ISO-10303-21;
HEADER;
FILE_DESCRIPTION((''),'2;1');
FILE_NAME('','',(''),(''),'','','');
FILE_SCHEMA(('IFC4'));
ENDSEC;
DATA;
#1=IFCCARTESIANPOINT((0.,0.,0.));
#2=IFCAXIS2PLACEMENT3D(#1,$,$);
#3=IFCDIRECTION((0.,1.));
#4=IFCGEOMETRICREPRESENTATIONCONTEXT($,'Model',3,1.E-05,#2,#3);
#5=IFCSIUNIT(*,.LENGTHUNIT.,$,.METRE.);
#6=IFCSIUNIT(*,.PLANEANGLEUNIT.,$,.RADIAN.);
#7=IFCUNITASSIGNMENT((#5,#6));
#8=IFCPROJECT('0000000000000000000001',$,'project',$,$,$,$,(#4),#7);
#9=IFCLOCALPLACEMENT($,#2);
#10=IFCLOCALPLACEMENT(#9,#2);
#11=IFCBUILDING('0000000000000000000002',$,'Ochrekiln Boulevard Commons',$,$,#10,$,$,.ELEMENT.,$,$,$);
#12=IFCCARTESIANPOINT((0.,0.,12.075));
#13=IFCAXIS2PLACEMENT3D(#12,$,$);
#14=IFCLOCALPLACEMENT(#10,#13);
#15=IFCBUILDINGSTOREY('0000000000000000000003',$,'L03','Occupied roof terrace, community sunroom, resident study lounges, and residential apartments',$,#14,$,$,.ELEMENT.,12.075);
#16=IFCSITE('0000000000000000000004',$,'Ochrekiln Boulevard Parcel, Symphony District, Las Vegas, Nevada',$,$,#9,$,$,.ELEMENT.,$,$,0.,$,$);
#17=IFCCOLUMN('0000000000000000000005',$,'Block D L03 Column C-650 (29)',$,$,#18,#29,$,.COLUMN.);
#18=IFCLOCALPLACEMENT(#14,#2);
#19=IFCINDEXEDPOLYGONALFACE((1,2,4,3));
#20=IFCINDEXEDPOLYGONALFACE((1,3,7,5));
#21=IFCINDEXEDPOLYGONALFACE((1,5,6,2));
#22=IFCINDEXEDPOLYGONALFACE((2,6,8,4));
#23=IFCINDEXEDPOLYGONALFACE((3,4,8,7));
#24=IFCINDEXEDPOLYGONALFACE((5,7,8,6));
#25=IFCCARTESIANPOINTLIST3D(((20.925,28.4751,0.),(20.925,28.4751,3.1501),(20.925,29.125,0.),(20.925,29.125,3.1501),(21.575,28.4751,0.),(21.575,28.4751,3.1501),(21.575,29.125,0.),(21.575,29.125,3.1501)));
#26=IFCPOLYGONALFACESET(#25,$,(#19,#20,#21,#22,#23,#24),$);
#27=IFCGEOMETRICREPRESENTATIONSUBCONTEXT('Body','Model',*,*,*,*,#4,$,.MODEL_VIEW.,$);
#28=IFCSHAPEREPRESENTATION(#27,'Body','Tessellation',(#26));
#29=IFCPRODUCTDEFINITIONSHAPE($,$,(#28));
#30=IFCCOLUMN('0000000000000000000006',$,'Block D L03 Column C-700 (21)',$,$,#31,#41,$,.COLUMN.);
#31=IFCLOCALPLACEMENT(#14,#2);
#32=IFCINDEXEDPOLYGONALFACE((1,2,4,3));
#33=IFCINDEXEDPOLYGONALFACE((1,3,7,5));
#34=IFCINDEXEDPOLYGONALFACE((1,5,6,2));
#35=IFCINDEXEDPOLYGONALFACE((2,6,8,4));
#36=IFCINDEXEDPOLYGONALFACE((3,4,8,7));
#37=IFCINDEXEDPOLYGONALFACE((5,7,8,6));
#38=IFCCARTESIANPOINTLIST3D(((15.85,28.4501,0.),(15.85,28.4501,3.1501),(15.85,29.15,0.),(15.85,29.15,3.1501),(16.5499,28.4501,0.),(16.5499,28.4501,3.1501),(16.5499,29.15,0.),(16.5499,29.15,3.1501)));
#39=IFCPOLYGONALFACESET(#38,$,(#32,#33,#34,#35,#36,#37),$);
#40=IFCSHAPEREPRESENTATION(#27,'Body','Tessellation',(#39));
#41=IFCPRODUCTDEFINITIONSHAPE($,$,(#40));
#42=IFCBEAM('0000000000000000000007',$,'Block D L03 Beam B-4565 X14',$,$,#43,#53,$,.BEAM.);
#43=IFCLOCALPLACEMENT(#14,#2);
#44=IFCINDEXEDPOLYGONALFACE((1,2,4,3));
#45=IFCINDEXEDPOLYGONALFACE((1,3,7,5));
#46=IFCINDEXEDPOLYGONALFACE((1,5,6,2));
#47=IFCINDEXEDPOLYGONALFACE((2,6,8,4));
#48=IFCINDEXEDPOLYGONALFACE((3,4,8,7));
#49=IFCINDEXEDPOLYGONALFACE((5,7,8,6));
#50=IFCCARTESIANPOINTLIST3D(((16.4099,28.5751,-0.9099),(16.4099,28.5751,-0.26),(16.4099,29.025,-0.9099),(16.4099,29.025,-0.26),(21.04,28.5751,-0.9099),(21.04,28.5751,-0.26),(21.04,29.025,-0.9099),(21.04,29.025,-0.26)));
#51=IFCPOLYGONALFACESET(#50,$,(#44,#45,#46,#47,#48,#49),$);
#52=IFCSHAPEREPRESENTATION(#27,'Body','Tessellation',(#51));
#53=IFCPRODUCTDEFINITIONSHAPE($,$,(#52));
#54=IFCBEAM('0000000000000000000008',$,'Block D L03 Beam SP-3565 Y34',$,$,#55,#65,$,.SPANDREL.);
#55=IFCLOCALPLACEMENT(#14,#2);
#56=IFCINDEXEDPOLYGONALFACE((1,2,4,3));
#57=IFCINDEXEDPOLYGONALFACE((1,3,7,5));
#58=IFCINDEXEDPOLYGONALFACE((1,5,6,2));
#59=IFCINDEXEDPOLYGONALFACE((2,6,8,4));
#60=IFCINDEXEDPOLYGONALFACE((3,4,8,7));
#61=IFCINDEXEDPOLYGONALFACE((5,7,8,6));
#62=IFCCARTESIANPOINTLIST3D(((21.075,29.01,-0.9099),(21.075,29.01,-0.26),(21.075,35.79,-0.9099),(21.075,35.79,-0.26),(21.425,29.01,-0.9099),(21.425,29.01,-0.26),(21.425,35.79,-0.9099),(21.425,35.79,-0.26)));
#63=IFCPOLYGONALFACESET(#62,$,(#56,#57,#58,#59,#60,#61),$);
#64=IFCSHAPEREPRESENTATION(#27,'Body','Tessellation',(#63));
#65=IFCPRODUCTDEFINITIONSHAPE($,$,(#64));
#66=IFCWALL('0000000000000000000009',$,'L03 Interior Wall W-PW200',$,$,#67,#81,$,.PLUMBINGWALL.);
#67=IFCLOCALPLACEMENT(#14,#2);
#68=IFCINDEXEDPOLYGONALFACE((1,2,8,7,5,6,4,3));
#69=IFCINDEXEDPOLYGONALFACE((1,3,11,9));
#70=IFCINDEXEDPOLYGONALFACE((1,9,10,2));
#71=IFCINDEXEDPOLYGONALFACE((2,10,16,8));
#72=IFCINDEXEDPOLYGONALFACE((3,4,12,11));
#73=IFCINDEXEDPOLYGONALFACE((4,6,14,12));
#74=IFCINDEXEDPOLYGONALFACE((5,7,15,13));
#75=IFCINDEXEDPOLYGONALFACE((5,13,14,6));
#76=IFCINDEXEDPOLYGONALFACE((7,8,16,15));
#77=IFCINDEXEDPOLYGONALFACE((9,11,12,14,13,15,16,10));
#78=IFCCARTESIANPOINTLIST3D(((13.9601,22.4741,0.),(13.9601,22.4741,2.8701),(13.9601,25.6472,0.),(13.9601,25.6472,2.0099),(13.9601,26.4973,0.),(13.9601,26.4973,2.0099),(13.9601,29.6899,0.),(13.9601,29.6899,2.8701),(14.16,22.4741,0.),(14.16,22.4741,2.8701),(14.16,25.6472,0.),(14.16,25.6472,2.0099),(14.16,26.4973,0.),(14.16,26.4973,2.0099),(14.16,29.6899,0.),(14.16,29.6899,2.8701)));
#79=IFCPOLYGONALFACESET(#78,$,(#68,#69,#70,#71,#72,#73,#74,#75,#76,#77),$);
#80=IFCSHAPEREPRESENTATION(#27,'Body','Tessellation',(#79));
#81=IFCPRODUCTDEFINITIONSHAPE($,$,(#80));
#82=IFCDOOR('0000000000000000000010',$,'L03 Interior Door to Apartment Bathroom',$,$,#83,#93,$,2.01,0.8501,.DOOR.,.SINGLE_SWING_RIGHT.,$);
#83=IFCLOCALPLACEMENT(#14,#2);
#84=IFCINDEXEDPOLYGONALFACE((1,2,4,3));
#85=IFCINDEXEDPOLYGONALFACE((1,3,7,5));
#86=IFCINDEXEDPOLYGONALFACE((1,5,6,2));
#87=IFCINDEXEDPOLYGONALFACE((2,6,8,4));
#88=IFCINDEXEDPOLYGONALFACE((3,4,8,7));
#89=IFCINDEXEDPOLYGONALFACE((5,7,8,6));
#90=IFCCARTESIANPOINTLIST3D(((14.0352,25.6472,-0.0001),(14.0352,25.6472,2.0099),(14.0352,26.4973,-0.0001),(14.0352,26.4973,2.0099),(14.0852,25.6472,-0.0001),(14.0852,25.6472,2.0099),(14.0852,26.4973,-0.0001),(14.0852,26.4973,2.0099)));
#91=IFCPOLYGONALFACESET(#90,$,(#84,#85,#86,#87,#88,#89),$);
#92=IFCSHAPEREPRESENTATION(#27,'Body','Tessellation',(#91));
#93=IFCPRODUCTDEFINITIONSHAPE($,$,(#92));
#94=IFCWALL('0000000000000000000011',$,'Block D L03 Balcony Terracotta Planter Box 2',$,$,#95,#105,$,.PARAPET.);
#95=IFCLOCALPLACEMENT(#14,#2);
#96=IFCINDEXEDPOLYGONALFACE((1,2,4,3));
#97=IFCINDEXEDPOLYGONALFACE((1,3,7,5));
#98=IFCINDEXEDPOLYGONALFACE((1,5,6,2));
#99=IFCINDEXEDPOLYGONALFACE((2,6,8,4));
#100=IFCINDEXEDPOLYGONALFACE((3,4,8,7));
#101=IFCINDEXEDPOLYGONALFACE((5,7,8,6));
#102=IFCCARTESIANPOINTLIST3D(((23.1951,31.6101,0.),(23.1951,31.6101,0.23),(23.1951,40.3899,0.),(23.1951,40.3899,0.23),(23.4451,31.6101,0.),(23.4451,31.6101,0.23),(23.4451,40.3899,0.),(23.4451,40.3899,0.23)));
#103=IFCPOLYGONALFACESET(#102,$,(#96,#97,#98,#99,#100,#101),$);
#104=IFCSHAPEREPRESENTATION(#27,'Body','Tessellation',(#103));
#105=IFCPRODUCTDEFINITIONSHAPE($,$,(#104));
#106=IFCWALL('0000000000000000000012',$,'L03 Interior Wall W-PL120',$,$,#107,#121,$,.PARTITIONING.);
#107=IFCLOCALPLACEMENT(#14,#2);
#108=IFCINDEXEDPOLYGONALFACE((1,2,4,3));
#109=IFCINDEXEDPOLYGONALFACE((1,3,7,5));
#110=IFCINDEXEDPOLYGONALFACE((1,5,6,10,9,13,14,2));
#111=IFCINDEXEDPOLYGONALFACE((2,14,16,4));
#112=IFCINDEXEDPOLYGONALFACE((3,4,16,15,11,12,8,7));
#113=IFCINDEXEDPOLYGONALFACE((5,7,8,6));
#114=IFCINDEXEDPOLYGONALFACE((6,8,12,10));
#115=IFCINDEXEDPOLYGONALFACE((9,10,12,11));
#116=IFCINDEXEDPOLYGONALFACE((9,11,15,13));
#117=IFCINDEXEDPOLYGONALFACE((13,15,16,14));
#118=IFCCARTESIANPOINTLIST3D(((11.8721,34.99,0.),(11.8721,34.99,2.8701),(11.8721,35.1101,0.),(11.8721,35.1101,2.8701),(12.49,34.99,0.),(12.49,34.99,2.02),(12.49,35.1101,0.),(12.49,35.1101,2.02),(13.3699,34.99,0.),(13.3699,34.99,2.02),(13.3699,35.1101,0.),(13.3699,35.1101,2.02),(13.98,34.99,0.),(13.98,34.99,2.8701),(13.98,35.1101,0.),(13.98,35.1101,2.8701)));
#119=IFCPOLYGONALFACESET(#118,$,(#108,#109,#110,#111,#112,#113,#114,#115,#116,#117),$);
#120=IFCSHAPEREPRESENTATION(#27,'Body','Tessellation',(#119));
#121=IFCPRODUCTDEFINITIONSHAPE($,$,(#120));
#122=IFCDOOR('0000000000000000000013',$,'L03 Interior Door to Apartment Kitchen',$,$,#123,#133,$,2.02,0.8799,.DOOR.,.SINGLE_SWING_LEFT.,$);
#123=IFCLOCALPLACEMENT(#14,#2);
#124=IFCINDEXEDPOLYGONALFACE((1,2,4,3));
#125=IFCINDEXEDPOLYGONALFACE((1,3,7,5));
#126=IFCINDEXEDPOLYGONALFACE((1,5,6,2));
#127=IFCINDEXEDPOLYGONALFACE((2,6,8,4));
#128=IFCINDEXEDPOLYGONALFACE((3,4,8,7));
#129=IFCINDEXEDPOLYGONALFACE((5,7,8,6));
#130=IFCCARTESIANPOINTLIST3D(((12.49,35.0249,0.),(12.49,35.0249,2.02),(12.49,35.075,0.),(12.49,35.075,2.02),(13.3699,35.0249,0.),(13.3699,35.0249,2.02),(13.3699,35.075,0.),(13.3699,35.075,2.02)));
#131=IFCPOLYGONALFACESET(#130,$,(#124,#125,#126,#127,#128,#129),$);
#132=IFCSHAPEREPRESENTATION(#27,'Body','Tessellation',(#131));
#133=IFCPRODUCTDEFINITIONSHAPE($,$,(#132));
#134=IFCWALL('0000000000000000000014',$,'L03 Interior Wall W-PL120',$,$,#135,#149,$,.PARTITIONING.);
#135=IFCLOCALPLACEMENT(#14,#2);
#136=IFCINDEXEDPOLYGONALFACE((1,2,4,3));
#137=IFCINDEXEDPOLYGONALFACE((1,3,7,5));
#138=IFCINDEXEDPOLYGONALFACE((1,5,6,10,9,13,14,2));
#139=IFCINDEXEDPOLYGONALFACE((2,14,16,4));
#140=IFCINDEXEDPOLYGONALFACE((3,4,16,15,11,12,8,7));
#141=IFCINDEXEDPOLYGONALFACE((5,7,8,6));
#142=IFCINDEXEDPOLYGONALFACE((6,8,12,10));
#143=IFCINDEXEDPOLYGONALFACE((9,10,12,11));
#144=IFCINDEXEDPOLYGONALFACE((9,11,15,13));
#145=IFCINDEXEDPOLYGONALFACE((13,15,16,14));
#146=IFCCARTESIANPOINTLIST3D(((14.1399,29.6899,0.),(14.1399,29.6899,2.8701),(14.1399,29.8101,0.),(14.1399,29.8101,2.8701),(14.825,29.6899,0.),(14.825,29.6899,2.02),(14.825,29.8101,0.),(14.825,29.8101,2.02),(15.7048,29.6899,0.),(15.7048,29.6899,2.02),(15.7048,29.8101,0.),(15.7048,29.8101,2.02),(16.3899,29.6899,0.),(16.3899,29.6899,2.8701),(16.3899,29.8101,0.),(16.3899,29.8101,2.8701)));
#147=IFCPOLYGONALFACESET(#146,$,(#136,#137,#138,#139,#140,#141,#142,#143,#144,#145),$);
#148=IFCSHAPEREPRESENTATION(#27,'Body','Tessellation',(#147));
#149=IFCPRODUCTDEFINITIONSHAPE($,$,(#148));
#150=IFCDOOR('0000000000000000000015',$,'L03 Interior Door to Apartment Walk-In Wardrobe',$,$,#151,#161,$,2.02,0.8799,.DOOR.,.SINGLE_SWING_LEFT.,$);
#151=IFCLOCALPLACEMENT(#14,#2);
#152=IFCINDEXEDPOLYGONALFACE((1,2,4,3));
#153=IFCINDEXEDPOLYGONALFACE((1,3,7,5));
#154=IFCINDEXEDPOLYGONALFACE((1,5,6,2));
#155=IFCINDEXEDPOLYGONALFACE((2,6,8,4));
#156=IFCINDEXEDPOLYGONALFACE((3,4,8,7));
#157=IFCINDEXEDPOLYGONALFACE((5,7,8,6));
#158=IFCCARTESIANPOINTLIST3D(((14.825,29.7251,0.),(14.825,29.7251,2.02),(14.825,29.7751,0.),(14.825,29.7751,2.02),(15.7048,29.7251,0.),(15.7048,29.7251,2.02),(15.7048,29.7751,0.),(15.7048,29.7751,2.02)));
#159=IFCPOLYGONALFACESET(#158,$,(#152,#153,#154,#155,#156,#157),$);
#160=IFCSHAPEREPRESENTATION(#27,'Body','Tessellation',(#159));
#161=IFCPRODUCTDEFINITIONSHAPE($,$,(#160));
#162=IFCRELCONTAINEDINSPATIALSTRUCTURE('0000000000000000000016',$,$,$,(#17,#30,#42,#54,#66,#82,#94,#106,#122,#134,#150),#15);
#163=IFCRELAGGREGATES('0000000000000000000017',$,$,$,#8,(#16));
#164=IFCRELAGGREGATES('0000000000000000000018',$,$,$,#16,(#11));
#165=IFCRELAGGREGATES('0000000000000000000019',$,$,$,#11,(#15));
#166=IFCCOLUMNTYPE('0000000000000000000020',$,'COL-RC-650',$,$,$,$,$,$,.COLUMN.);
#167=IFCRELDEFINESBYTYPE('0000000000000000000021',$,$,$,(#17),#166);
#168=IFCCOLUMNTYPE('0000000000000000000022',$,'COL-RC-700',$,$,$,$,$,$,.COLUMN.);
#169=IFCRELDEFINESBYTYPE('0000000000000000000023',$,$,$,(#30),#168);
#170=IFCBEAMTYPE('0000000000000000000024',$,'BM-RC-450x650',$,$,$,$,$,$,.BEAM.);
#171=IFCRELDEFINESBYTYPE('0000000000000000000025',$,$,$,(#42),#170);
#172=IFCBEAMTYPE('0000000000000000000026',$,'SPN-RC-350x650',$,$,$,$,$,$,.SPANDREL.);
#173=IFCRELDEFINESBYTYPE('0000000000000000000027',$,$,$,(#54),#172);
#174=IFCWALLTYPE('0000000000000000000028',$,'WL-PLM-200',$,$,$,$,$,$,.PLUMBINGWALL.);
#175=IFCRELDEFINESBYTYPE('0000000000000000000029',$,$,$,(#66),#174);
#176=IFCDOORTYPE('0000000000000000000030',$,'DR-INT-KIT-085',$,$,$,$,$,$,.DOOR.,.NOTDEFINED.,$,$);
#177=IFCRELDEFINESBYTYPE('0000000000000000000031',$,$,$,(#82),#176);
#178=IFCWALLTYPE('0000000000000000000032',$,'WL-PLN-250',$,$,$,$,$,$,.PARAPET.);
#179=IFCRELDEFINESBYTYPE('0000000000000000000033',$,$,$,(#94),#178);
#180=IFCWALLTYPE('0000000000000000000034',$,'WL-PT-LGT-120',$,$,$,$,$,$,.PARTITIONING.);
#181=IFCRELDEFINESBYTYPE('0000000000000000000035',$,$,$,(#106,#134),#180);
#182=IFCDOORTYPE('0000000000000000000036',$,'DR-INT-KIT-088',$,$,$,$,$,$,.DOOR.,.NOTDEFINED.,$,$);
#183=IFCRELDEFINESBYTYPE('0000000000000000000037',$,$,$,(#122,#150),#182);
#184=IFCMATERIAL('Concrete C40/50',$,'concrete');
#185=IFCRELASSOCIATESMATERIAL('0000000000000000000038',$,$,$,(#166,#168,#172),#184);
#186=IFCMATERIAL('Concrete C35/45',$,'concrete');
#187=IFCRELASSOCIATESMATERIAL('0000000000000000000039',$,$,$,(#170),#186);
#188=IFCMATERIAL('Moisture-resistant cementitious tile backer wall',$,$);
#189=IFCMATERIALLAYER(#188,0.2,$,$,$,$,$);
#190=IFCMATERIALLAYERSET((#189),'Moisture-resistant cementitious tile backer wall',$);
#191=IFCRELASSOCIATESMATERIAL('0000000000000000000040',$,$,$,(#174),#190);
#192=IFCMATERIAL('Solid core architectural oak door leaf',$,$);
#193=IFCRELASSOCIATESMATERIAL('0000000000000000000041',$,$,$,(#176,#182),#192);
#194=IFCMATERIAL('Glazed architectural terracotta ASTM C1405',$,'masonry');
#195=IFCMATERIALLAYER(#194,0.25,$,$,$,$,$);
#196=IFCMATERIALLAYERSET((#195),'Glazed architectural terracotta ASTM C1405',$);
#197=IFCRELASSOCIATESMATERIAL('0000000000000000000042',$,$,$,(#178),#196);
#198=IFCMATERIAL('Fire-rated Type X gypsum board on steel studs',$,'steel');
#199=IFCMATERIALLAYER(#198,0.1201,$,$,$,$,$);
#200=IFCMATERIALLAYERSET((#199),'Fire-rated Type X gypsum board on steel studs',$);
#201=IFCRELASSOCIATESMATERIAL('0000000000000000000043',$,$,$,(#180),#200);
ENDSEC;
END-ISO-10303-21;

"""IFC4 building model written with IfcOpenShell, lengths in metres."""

from ifc_helpers import new_model, si_unit, direction, frame, frame_2d, origin, origin_2d, place, context, subcontext, project, spatial, rectangle, extrude, material, layer, layer_set, material_profile, profile_set, type_object, element, fill, save


model = new_model("IFC4")

# Units and contexts
model_context = context("Model", 3, precision=1e-05, world=origin(), true_north=direction((0.0, 1.0)))
body_context = subcontext(model_context, "Body", "Model", "MODEL_VIEW")
ifc_project = project(units=[si_unit("LENGTHUNIT", "METRE"), si_unit("PLANEANGLEUNIT", "RADIAN")], contexts=[model_context])

# Site, building, storey
site_placement = place(None, origin())
site = spatial("IfcSite", under=ifc_project, at=site_placement, Name="Ochrekiln Boulevard Parcel, Symphony District, Las Vegas, Nevada", CompositionType="ELEMENT", RefElevation=0.0)
building_placement = place(site_placement, origin())
building = spatial("IfcBuilding", under=site, at=building_placement, Name="Ochrekiln Boulevard Commons", CompositionType="ELEMENT")
storey_placement = place(building_placement, frame((0.0, 0.0, 12.075)))
storey = spatial("IfcBuildingStorey", under=building, at=storey_placement, Name="L03", Description="Occupied roof terrace, community sunroom, resident study lounges, and residential apartments", CompositionType="ELEMENT", Elevation=12.075)

# Columns
ifc_material_1 = material(Name="Concrete C40/50", Category="concrete")
ifc_material_profile_1 = material_profile(ifc_material_1, rectangle(XDim=0.6499, YDim=0.6499, at=origin_2d()), Name="RC-COL-650x650")
ifc_profile_set_1 = profile_set([ifc_material_profile_1], Name="Concrete C40/50")
column_type_1 = type_object("IfcColumnType", Name="COL-RC-650", PredefinedType="COLUMN", material=ifc_profile_set_1)
column_1_placement = place(storey_placement, frame((21.25, 28.8, 0.0), z_axis=(0.0, 0.0, 1.0), x_axis=(1.0, 0.0, 0.0)))
element("IfcColumn", 1, at=column_1_placement, inside=storey, type_object=column_type_1, Name="Block D L03 Column C-650 (29)", PredefinedType="COLUMN", context=body_context, shape_type="SweptSolid", body=[
    extrude(rectangle(XDim=0.6499, YDim=0.6499, at=origin_2d()), origin(), (0.0, 0.0, 1.0), 3.1501),
])
ifc_material_profile_2 = material_profile(ifc_material_1, rectangle(XDim=0.7, YDim=0.7, at=origin_2d()), Name="RC-COL-700x700")
ifc_profile_set_2 = profile_set([ifc_material_profile_2], Name="Concrete C40/50")
column_type_2 = type_object("IfcColumnType", Name="COL-RC-700", PredefinedType="COLUMN", material=ifc_profile_set_2)
column_2_placement = place(storey_placement, frame((16.2, 28.8, 0.0), z_axis=(0.0, 0.0, 1.0), x_axis=(1.0, 0.0, 0.0)))
element("IfcColumn", 2, at=column_2_placement, inside=storey, type_object=column_type_2, Name="Block D L03 Column C-700 (21)", PredefinedType="COLUMN", context=body_context, shape_type="SweptSolid", body=[
    extrude(rectangle(XDim=0.7, YDim=0.7, at=origin_2d()), origin(), (0.0, 0.0, 1.0), 3.1501),
])

# Beams
ifc_material_2 = material(Name="Concrete C35/45", Category="concrete")
ifc_material_profile_3 = material_profile(ifc_material_2, rectangle(XDim=0.45, YDim=0.6499, at=origin_2d()), Name="RC-BM-450x650")
ifc_profile_set_3 = profile_set([ifc_material_profile_3], Name="Concrete C35/45")
beam_type_1 = type_object("IfcBeamType", Name="BM-RC-450x650", PredefinedType="BEAM", material=ifc_profile_set_3)
beam_1_placement = place(storey_placement, frame((16.4099, 28.8, -0.585), z_axis=(1.0, 0.0, 0.0), x_axis=(0.0, 1.0, 0.0)))
element("IfcBeam", 3, at=beam_1_placement, inside=storey, type_object=beam_type_1, Name="Block D L03 Beam B-4565 X14", PredefinedType="BEAM", context=body_context, shape_type="SweptSolid", body=[
    extrude(rectangle(XDim=0.45, YDim=0.6499, at=origin_2d()), origin(), (0.0, 0.0, 1.0), 4.6301),
])
ifc_material_profile_4 = material_profile(ifc_material_1, rectangle(XDim=0.3501, YDim=0.6499, at=origin_2d()), Name="RC-SPN-350x650")
ifc_profile_set_4 = profile_set([ifc_material_profile_4], Name="Concrete C40/50")
beam_type_2 = type_object("IfcBeamType", Name="SPN-RC-350x650", PredefinedType="SPANDREL", material=ifc_profile_set_4)
beam_2_placement = place(storey_placement, frame((21.25, 29.01, -0.585), z_axis=(0.0, 1.0, 0.0), x_axis=(-1.0, 0.0, 0.0)))
element("IfcBeam", 4, at=beam_2_placement, inside=storey, type_object=beam_type_2, Name="Block D L03 Beam SP-3565 Y34", PredefinedType="SPANDREL", context=body_context, shape_type="SweptSolid", body=[
    extrude(rectangle(XDim=0.3501, YDim=0.6499, at=origin_2d()), origin(), (0.0, 0.0, 1.0), 6.78),
])

# Wall, opening, door
ifc_material_3 = material(Name="Moisture-resistant cementitious tile backer wall")
ifc_layer_1 = layer(ifc_material_3, 0.2)
ifc_layer_set_1 = layer_set([ifc_layer_1], Name="Moisture-resistant cementitious tile backer wall")
wall_type_1 = type_object("IfcWallType", Name="WL-PLM-200", PredefinedType="PLUMBINGWALL", material=ifc_layer_set_1)
wall_1_placement = place(storey_placement, frame((14.0601, 22.4741, 0.0), z_axis=(0.0, 0.0, 1.0), x_axis=(0.0, 1.0, 0.0)))
wall_1 = element("IfcWall", 5, at=wall_1_placement, inside=storey, type_object=wall_type_1, Name="L03 Interior Wall W-PW200", PredefinedType="PLUMBINGWALL", context=body_context, shape_type="SweptSolid", body=[
    extrude(rectangle(XDim=7.2158, YDim=0.2, at=frame_2d((3.6079, 0.0))), origin(), (0.0, 0.0, 1.0), 2.8701),
])
opening_1_placement = place(wall_1_placement, frame((3.1731, 0.0, 0.0)))
opening_1 = element("IfcOpeningElement", 6, at=opening_1_placement, cuts=wall_1, PredefinedType="OPENING", context=body_context, shape_type="SweptSolid", body=[
    extrude(rectangle(XDim=0.8501, YDim=2.01, at=frame_2d((0.425, 1.0049))), frame((0.0, 0.1099, 0.0), z_axis=(0.0, -1.0, 0.0), x_axis=(1.0, 0.0, 0.0)), (0.0, 0.0, 1.0), 0.22),
])
ifc_material_4 = material(Name="Solid core architectural oak door leaf")
door_type_1 = type_object("IfcDoorType", Name="DR-INT-KIT-085", OperationType="NOTDEFINED", PredefinedType="DOOR", material=ifc_material_4)
door_1_placement = place(opening_1_placement, origin())
door_1 = element("IfcDoor", 7, at=door_1_placement, inside=storey, type_object=door_type_1, Name="L03 Interior Door to Apartment Bathroom", OperationType="SINGLE_SWING_RIGHT", OverallHeight=2.01, OverallWidth=0.8501, PredefinedType="DOOR", context=body_context, shape_type="SweptSolid", body=[
    extrude(rectangle(XDim=0.8501, YDim=2.01, at=frame_2d((0.425, 1.0049))), frame((0.0, 0.0249, 0.0), z_axis=(0.0, -1.0, 0.0), x_axis=(1.0, 0.0, 0.0)), (0.0, 0.0, 1.0), 0.05),
])
fill(opening_1, door_1)

# Wall
ifc_material_5 = material(Name="Glazed architectural terracotta ASTM C1405", Category="masonry")
ifc_layer_2 = layer(ifc_material_5, 0.25)
ifc_layer_set_2 = layer_set([ifc_layer_2], Name="Glazed architectural terracotta ASTM C1405")
wall_type_2 = type_object("IfcWallType", Name="WL-PLN-250", PredefinedType="PARAPET", material=ifc_layer_set_2)
wall_2_placement = place(storey_placement, frame((23.3201, 31.6101, 0.0), z_axis=(0.0, 0.0, 1.0), x_axis=(0.0, 1.0, 0.0)))
element("IfcWall", 8, at=wall_2_placement, inside=storey, type_object=wall_type_2, Name="Block D L03 Balcony Terracotta Planter Box 2", PredefinedType="PARAPET", context=body_context, shape_type="SweptSolid", body=[
    extrude(rectangle(XDim=8.7798, YDim=0.25, at=frame_2d((4.3899, 0.0))), origin(), (0.0, 0.0, 1.0), 0.23),
])

# Walls, openings, doors
ifc_material_6 = material(Name="Fire-rated Type X gypsum board on steel studs", Category="steel")
ifc_layer_3 = layer(ifc_material_6, 0.1201)
ifc_layer_set_3 = layer_set([ifc_layer_3], Name="Fire-rated Type X gypsum board on steel studs")
wall_type_3 = type_object("IfcWallType", Name="WL-PT-LGT-120", PredefinedType="PARTITIONING", material=ifc_layer_set_3)
wall_3_placement = place(storey_placement, frame((11.8721, 35.05, 0.0), z_axis=(0.0, 0.0, 1.0), x_axis=(1.0, 0.0, 0.0)))
wall_3 = element("IfcWall", 9, at=wall_3_placement, inside=storey, type_object=wall_type_3, Name="L03 Interior Wall W-PL120", PredefinedType="PARTITIONING", context=body_context, shape_type="SweptSolid", body=[
    extrude(rectangle(XDim=2.1079, YDim=0.1201, at=frame_2d((1.054, 0.0))), origin(), (0.0, 0.0, 1.0), 2.8701),
])
opening_2_placement = place(wall_3_placement, frame((0.6179, 0.0, 0.0)))
opening_2 = element("IfcOpeningElement", 10, at=opening_2_placement, cuts=wall_3, PredefinedType="OPENING", context=body_context, shape_type="SweptSolid", body=[
    extrude(rectangle(XDim=0.8799, YDim=2.02, at=frame_2d((0.4399, 1.01))), frame((0.0, 0.0701, 0.0), z_axis=(0.0, -1.0, 0.0), x_axis=(1.0, 0.0, 0.0)), (0.0, 0.0, 1.0), 0.1401),
])
door_type_2 = type_object("IfcDoorType", Name="DR-INT-KIT-088", OperationType="NOTDEFINED", PredefinedType="DOOR", material=ifc_material_4)
door_2_placement = place(opening_2_placement, origin())
door_2 = element("IfcDoor", 11, at=door_2_placement, inside=storey, type_object=door_type_2, Name="L03 Interior Door to Apartment Kitchen", OperationType="SINGLE_SWING_LEFT", OverallHeight=2.02, OverallWidth=0.8799, PredefinedType="DOOR", context=body_context, shape_type="SweptSolid", body=[
    extrude(rectangle(XDim=0.8799, YDim=2.02, at=frame_2d((0.4399, 1.01))), frame((0.0, 0.0249, 0.0), z_axis=(0.0, -1.0, 0.0), x_axis=(1.0, 0.0, 0.0)), (0.0, 0.0, 1.0), 0.05),
])
fill(opening_2, door_2)
wall_4_placement = place(storey_placement, frame((14.1399, 29.75, 0.0), z_axis=(0.0, 0.0, 1.0), x_axis=(1.0, 0.0, 0.0)))
wall_4 = element("IfcWall", 12, at=wall_4_placement, inside=storey, type_object=wall_type_3, Name="L03 Interior Wall W-PL120", PredefinedType="PARTITIONING", context=body_context, shape_type="SweptSolid", body=[
    extrude(rectangle(XDim=2.25, YDim=0.1201, at=frame_2d((1.125, 0.0))), origin(), (0.0, 0.0, 1.0), 2.8701),
])
opening_3_placement = place(wall_4_placement, frame((0.6851, 0.0, 0.0)))
opening_3 = element("IfcOpeningElement", 13, at=opening_3_placement, cuts=wall_4, PredefinedType="OPENING", context=body_context, shape_type="SweptSolid", body=[
    extrude(rectangle(XDim=0.8799, YDim=2.02, at=frame_2d((0.4399, 1.01))), frame((0.0, 0.0701, 0.0), z_axis=(0.0, -1.0, 0.0), x_axis=(1.0, 0.0, 0.0)), (0.0, 0.0, 1.0), 0.1401),
])
door_3_placement = place(opening_3_placement, frame((0.8799, 0.0, 0.0), z_axis=(0.0, 0.0, 1.0), x_axis=(-1.0, 0.0, 0.0)))
door_3 = element("IfcDoor", 14, at=door_3_placement, inside=storey, type_object=door_type_2, Name="L03 Interior Door to Apartment Walk-In Wardrobe", OperationType="SINGLE_SWING_LEFT", OverallHeight=2.02, OverallWidth=0.8799, PredefinedType="DOOR", context=body_context, shape_type="SweptSolid", body=[
    extrude(rectangle(XDim=0.8799, YDim=2.02, at=frame_2d((0.4399, 1.01))), frame((0.0, 0.0249, 0.0), z_axis=(0.0, -1.0, 0.0), x_axis=(1.0, 0.0, 0.0)), (0.0, 0.0, 1.0), 0.05),
])
fill(opening_3, door_3)

save(model, "model.ifc")
